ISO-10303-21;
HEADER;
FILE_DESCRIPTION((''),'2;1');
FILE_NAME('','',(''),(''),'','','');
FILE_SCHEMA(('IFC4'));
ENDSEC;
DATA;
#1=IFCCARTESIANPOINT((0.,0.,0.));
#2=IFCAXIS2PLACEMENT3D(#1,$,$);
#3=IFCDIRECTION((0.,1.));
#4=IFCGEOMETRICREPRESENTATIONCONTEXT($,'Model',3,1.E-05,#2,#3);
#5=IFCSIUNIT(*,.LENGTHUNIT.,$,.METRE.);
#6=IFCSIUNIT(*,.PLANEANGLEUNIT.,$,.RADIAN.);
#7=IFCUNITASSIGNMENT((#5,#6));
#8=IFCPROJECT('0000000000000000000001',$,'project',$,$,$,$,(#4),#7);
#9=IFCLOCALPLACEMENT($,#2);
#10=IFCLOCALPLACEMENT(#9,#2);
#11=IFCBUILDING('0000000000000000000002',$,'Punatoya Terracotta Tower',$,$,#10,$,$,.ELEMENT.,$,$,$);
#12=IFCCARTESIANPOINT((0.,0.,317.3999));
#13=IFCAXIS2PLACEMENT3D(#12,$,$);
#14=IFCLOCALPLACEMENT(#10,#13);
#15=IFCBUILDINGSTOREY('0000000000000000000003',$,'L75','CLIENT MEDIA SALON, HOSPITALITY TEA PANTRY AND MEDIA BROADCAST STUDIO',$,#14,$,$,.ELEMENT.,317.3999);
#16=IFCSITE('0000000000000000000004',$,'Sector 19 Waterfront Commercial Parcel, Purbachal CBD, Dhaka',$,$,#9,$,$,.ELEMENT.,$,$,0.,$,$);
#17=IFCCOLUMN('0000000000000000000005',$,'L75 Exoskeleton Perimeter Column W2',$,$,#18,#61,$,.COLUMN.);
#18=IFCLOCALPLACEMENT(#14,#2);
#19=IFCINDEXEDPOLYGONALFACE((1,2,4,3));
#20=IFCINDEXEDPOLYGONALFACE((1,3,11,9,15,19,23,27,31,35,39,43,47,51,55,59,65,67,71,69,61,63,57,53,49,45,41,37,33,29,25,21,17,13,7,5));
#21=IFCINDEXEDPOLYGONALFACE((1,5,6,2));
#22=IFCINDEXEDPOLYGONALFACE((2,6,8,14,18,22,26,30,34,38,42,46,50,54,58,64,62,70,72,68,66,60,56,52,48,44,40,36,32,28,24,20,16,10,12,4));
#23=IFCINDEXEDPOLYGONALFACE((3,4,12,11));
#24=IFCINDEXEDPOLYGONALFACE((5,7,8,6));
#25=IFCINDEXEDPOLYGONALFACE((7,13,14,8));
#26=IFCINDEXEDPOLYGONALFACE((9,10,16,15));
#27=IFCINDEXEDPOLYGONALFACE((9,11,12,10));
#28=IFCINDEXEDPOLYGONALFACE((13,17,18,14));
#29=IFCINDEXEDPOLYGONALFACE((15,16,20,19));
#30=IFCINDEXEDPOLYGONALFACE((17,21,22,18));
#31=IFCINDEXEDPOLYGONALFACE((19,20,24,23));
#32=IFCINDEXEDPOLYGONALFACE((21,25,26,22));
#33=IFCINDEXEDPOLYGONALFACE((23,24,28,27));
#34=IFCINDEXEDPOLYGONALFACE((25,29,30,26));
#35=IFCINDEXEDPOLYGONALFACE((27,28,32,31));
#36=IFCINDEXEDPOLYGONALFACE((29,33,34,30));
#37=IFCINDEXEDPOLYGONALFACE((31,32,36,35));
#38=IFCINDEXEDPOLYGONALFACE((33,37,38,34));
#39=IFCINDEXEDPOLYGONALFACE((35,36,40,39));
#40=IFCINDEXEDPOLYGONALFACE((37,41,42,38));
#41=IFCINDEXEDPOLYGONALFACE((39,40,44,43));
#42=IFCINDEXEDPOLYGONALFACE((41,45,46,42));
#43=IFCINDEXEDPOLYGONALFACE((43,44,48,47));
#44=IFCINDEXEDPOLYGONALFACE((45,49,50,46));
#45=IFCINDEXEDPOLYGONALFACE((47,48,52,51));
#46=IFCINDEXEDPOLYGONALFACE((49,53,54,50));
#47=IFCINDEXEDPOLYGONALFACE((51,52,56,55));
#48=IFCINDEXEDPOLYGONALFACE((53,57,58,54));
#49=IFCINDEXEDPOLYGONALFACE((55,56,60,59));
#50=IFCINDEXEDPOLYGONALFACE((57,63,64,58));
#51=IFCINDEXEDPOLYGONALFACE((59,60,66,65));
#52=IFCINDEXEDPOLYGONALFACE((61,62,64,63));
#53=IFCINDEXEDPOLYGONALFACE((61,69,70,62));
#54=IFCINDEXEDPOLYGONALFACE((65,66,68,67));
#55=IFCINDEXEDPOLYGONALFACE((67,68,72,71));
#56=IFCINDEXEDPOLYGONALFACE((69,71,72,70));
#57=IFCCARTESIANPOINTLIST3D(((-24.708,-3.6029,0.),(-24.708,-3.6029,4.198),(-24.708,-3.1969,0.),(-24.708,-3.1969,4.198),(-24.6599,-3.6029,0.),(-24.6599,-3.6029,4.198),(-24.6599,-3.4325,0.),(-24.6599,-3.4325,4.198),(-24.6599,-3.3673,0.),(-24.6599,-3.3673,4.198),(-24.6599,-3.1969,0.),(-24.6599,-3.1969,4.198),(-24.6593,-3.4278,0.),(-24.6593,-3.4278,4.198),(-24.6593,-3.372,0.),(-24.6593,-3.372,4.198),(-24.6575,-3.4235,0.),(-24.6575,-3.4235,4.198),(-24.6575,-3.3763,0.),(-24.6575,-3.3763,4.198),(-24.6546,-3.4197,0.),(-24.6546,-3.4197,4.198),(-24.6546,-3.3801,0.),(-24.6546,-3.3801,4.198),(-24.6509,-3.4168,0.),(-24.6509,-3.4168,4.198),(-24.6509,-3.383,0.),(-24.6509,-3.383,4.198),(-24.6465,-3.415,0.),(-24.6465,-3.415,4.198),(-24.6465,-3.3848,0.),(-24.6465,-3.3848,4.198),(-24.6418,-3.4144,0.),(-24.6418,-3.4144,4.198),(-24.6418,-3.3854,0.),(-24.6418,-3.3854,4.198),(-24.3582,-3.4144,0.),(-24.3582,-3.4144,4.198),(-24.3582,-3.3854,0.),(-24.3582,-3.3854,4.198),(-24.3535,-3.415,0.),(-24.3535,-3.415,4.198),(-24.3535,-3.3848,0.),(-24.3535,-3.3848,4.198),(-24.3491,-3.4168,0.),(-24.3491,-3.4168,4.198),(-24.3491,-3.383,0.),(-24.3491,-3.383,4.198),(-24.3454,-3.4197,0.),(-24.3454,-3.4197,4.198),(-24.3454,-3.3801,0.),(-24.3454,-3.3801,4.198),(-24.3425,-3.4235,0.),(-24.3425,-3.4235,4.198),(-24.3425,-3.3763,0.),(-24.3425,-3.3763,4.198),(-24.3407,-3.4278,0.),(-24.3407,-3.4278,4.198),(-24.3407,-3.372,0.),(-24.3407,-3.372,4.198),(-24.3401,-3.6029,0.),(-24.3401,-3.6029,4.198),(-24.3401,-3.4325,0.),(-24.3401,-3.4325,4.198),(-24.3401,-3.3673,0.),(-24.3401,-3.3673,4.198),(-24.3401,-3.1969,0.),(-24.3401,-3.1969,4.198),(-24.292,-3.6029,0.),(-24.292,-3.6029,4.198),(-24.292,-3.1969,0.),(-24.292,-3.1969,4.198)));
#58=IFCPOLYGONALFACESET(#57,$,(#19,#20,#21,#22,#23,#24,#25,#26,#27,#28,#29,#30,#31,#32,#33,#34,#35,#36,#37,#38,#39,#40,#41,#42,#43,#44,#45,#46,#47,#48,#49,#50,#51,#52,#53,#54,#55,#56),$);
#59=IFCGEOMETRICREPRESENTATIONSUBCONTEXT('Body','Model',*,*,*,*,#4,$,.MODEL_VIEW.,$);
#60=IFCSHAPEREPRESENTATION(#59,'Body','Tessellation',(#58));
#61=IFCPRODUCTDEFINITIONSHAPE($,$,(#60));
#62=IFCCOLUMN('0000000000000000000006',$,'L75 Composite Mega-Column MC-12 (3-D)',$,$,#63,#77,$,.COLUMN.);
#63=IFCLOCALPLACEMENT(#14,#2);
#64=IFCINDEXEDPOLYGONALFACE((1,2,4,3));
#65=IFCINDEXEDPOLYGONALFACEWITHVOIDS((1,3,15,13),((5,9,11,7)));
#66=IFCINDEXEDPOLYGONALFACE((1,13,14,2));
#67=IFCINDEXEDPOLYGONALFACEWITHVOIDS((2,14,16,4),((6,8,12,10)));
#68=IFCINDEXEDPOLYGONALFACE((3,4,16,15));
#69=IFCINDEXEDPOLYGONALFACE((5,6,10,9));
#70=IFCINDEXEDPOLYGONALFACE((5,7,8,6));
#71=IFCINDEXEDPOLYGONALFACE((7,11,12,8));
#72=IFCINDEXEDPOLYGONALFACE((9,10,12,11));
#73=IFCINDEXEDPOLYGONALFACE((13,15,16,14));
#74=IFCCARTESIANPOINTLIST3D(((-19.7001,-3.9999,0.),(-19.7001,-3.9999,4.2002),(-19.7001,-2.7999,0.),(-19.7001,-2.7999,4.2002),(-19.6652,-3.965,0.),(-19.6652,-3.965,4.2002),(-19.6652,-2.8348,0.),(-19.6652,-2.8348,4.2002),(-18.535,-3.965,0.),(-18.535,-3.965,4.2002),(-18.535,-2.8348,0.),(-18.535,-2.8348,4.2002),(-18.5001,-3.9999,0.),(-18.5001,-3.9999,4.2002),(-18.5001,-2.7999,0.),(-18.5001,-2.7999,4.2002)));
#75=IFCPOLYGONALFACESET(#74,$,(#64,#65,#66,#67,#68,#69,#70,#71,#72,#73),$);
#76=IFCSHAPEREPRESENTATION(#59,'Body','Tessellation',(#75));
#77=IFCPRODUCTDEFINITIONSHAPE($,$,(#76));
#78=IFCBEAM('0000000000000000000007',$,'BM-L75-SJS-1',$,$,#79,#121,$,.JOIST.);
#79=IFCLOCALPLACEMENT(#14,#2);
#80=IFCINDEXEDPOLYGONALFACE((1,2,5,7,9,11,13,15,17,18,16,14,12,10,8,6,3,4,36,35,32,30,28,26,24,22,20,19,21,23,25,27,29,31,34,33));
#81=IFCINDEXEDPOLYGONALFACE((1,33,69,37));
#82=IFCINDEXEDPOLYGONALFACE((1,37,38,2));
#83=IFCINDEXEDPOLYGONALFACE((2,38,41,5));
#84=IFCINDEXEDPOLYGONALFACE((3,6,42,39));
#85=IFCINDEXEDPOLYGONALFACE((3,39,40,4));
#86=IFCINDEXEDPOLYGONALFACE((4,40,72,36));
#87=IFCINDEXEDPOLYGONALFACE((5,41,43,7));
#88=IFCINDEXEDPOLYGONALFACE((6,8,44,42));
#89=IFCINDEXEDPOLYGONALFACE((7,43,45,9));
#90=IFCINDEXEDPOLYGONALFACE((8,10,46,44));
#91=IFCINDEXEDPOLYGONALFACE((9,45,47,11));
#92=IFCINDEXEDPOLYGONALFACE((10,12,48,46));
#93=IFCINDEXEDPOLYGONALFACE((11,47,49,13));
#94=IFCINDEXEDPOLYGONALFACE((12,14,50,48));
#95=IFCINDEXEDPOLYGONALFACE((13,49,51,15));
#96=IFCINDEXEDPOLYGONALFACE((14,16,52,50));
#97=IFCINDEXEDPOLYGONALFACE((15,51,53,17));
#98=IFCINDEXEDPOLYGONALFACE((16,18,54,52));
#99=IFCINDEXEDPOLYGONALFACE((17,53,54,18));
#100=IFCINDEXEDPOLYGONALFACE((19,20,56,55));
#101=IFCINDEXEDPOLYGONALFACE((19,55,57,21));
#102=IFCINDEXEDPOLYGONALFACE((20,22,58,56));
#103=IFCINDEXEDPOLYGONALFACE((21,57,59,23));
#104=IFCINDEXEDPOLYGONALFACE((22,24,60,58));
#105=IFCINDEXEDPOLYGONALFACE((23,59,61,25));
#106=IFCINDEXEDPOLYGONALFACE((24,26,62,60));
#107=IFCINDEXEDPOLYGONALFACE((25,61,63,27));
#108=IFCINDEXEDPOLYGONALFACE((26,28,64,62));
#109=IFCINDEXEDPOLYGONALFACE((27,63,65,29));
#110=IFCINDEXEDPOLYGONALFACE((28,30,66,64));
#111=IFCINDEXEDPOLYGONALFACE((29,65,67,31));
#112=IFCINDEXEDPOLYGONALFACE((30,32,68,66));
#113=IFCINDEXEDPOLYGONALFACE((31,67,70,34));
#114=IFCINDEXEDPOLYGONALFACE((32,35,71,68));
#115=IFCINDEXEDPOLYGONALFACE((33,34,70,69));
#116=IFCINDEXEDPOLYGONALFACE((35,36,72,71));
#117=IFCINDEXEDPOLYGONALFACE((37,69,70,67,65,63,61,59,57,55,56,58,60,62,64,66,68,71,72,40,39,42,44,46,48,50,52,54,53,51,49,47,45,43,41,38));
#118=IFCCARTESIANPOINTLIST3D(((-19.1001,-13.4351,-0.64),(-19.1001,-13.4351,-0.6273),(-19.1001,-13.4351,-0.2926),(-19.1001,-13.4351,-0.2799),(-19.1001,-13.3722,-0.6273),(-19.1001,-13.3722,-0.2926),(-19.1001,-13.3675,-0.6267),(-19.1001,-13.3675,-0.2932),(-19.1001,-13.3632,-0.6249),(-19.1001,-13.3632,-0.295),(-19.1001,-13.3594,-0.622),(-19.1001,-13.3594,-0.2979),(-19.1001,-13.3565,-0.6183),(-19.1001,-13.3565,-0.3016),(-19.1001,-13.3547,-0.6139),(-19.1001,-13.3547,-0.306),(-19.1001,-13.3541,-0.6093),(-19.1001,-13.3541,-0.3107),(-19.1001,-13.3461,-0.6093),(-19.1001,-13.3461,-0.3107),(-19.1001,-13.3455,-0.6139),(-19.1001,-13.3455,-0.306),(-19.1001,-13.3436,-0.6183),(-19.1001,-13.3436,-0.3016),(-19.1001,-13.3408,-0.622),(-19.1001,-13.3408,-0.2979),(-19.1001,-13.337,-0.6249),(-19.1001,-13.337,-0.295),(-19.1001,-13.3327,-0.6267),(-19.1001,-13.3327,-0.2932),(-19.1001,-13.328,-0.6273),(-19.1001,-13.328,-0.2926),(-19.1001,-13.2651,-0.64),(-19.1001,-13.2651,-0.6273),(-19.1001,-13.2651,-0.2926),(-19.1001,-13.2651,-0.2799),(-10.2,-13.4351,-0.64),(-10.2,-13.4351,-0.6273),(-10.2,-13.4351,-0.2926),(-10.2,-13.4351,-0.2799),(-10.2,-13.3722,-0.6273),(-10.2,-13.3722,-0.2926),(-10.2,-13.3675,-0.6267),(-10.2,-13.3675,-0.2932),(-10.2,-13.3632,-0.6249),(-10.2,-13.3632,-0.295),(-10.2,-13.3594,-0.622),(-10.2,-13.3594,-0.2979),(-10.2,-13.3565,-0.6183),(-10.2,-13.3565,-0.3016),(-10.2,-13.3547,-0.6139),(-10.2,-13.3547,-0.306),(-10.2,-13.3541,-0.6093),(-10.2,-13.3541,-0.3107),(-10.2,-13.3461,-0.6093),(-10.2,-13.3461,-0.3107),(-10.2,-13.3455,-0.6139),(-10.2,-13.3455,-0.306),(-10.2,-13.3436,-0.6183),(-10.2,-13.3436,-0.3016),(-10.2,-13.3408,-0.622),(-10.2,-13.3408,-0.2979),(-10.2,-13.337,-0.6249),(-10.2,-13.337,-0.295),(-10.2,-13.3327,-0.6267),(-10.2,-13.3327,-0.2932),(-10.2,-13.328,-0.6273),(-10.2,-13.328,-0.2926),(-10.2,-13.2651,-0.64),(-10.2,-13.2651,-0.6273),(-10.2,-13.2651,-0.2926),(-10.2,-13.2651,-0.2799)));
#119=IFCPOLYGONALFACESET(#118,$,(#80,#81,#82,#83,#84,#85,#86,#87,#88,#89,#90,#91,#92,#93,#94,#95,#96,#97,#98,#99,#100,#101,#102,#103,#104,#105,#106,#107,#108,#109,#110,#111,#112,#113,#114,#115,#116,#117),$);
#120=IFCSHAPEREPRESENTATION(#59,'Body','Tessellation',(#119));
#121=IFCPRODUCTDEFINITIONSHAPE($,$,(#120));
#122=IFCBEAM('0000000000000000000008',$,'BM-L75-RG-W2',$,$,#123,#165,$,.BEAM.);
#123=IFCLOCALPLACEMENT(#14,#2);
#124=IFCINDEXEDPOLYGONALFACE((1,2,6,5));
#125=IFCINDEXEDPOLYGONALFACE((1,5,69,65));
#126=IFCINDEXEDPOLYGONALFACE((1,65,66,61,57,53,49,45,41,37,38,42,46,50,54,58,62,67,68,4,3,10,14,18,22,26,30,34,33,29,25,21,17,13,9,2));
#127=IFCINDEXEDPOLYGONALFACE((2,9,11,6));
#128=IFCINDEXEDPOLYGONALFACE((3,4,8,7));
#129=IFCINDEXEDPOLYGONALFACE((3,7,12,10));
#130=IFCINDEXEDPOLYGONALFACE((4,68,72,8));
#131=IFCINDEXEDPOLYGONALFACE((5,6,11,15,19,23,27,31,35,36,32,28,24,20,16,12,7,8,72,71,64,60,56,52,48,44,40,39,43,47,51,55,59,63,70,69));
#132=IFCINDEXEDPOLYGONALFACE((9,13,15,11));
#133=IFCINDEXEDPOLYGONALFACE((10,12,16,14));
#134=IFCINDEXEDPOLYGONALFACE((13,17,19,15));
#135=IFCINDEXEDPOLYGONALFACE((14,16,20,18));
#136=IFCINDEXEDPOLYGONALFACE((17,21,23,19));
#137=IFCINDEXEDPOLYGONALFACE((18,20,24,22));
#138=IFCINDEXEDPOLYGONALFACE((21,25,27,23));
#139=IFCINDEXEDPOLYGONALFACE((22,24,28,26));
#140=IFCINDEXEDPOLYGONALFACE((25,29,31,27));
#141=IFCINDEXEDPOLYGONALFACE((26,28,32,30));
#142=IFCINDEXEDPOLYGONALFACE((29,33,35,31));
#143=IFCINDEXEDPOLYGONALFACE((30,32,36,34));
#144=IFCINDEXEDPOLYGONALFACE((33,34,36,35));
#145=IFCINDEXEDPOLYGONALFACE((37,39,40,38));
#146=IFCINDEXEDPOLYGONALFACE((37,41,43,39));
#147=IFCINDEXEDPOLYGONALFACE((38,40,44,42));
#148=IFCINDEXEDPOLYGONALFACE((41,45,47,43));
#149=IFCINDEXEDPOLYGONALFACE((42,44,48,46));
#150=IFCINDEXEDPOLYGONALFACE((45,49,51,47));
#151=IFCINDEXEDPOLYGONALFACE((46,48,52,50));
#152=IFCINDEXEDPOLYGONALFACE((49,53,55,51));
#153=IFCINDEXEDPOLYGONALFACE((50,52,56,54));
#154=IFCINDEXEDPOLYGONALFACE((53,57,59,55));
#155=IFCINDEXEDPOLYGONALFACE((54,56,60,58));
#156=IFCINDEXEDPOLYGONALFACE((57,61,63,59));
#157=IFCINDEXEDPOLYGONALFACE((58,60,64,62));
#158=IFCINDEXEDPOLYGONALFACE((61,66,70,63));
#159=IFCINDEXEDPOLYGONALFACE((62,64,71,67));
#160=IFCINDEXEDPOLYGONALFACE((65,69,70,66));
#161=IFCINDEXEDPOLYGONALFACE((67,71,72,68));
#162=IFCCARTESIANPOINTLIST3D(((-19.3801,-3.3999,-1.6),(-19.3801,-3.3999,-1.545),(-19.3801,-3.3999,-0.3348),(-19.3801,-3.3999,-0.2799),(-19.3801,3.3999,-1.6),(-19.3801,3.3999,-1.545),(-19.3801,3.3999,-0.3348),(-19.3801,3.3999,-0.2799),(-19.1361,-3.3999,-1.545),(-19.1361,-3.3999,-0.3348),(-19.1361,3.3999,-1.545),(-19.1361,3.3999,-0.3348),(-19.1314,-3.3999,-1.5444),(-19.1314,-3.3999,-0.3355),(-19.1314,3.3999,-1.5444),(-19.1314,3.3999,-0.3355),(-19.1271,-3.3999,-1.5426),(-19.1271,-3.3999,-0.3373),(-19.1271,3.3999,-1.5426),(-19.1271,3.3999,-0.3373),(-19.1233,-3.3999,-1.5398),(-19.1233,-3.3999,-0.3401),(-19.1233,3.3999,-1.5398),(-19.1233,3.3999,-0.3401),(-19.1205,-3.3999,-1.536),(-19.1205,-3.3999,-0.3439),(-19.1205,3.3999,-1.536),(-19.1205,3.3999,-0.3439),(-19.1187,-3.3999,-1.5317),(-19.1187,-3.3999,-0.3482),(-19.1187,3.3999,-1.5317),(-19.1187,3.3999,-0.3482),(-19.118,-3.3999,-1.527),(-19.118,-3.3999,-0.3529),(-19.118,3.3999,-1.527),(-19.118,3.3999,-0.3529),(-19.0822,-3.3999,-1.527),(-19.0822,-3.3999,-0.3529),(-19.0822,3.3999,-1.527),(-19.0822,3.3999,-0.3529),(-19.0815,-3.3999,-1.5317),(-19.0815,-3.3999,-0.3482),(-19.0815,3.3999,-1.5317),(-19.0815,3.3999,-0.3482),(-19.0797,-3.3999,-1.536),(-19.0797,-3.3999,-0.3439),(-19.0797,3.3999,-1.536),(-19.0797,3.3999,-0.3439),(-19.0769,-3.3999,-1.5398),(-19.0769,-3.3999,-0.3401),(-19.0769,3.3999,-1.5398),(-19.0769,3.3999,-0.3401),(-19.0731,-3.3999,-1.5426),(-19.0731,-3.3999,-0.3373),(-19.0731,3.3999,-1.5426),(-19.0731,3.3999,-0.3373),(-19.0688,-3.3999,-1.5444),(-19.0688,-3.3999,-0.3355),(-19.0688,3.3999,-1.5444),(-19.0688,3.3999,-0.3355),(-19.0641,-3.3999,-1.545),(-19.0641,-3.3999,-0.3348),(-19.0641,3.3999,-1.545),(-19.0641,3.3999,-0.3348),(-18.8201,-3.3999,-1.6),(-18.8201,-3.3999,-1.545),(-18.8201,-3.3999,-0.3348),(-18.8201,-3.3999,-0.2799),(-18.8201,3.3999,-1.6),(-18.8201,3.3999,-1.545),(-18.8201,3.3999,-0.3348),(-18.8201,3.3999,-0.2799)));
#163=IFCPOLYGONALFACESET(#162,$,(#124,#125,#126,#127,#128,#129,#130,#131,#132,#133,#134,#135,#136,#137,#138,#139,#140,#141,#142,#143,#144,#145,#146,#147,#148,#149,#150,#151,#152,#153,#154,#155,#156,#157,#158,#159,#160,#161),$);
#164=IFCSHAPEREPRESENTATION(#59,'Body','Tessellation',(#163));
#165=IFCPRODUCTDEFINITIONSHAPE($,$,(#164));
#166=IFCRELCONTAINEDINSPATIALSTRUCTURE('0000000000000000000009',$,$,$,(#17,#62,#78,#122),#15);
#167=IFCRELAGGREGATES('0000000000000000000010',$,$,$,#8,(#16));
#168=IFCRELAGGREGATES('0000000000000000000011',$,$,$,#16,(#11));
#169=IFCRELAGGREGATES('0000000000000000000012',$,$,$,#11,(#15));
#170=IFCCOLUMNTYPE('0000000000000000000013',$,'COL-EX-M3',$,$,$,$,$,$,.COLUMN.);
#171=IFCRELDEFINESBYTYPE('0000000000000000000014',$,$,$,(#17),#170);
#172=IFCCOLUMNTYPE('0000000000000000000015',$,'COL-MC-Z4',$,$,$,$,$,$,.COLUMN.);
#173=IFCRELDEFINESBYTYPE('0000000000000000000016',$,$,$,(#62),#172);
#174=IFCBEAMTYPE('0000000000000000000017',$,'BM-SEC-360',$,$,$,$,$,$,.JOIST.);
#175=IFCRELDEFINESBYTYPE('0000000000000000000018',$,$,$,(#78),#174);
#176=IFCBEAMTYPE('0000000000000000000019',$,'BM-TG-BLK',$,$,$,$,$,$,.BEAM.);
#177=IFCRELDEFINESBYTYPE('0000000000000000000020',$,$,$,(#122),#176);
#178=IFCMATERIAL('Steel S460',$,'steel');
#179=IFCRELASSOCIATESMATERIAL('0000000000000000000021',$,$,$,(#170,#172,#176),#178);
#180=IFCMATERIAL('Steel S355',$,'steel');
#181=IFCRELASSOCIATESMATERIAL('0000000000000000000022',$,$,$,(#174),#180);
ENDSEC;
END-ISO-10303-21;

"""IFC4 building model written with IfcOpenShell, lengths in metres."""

from ifc_helpers import new_model, si_unit, direction, frame, origin, origin_2d, place, context, subcontext, project, spatial, hollow_rectangle, i_section, extrude, material, material_profile, profile_set, type_object, element, save


model = new_model("IFC4")

# Units and contexts
model_context = context("Model", 3, precision=1e-05, world=origin(), true_north=direction((0.0, 1.0)))
body_context = subcontext(model_context, "Body", "Model", "MODEL_VIEW")
ifc_project = project(units=[si_unit("LENGTHUNIT", "METRE"), si_unit("PLANEANGLEUNIT", "RADIAN")], contexts=[model_context])

# Site, building, storey
site_placement = place(None, origin())
site = spatial("IfcSite", under=ifc_project, at=site_placement, Name="Sector 19 Waterfront Commercial Parcel, Purbachal CBD, Dhaka", CompositionType="ELEMENT", RefElevation=0.0)
building_placement = place(site_placement, origin())
building = spatial("IfcBuilding", under=site, at=building_placement, Name="Punatoya Terracotta Tower", CompositionType="ELEMENT")
storey_placement = place(building_placement, frame((0.0, 0.0, 317.3999)))
storey = spatial("IfcBuildingStorey", under=building, at=storey_placement, Name="L75", Description="CLIENT MEDIA SALON, HOSPITALITY TEA PANTRY AND MEDIA BROADCAST STUDIO", CompositionType="ELEMENT", Elevation=317.3999)

# Columns
ifc_material_1 = material(Name="Steel S460", Category="steel")
ifc_material_profile_1 = material_profile(ifc_material_1, i_section(OverallWidth=0.406, OverallDepth=0.416, WebThickness=0.0291, FlangeThickness=0.0481, FilletRadius=0.0181, at=origin_2d()))
ifc_profile_set_1 = profile_set([ifc_material_profile_1], Name="Steel S460")
column_type_1 = type_object("IfcColumnType", Name="COL-EX-M3", PredefinedType="COLUMN", material=ifc_profile_set_1)
column_1_placement = place(storey_placement, frame((-24.5, -3.3999, 0.0), z_axis=(0.0, 0.0, 1.0), x_axis=(0.0, 1.0, 0.0)))
element("IfcColumn", 1, at=column_1_placement, inside=storey, type_object=column_type_1, Name="L75 Exoskeleton Perimeter Column W2", PredefinedType="COLUMN", context=body_context, shape_type="SweptSolid", body=[
    extrude(i_section(OverallWidth=0.406, OverallDepth=0.416, WebThickness=0.0291, FlangeThickness=0.0481, FilletRadius=0.0181, at=origin_2d()), origin(), (0.0, 0.0, 1.0), 4.198),
])
ifc_material_profile_2 = material_profile(ifc_material_1, hollow_rectangle(XDim=1.2, YDim=1.2, WallThickness=0.0349, at=origin_2d()))
ifc_profile_set_2 = profile_set([ifc_material_profile_2], Name="Steel S460")
column_type_2 = type_object("IfcColumnType", Name="COL-MC-Z4", PredefinedType="COLUMN", material=ifc_profile_set_2)
column_2_placement = place(storey_placement, frame((-19.1001, -3.3999, 0.0), z_axis=(0.0, 0.0, 1.0), x_axis=(1.0, 0.0, 0.0)))
element("IfcColumn", 2, at=column_2_placement, inside=storey, type_object=column_type_2, Name="L75 Composite Mega-Column MC-12 (3-D)", PredefinedType="COLUMN", context=body_context, shape_type="SweptSolid", body=[
    extrude(hollow_rectangle(XDim=1.2, YDim=1.2, WallThickness=0.0349, at=origin_2d()), origin(), (0.0, 0.0, 1.0), 4.2002),
])

# Beams
ifc_material_2 = material(Name="Steel S355", Category="steel")
ifc_material_profile_3 = material_profile(ifc_material_2, i_section(OverallWidth=0.1699, OverallDepth=0.3601, WebThickness=0.0081, FlangeThickness=0.0127, FilletRadius=0.0181, at=origin_2d()))
ifc_profile_set_3 = profile_set([ifc_material_profile_3], Name="Steel S355")
beam_type_1 = type_object("IfcBeamType", Name="BM-SEC-360", PredefinedType="JOIST", material=ifc_profile_set_3)
beam_1_placement = place(storey_placement, frame((-19.1001, -13.3501, -0.46), z_axis=(1.0, 0.0, 0.0), x_axis=(0.0, 1.0, 0.0)))
element("IfcBeam", 3, at=beam_1_placement, inside=storey, type_object=beam_type_1, Name="BM-L75-SJS-1", PredefinedType="JOIST", context=body_context, shape_type="SweptSolid", body=[
    extrude(i_section(OverallWidth=0.1699, OverallDepth=0.3601, WebThickness=0.0081, FlangeThickness=0.0127, FilletRadius=0.0181, at=origin_2d()), origin(), (0.0, 0.0, 1.0), 8.9001),
])
ifc_material_profile_4 = material_profile(ifc_material_1, i_section(OverallWidth=0.5601, OverallDepth=1.3201, WebThickness=0.0359, FlangeThickness=0.0549, FilletRadius=0.0181, at=origin_2d()))
ifc_profile_set_4 = profile_set([ifc_material_profile_4], Name="Steel S460")
beam_type_2 = type_object("IfcBeamType", Name="BM-TG-BLK", PredefinedType="BEAM", material=ifc_profile_set_4)
beam_2_placement = place(storey_placement, frame((-19.1001, -3.3999, -0.9399), z_axis=(0.0, 1.0, 0.0), x_axis=(-1.0, 0.0, 0.0)))
element("IfcBeam", 4, at=beam_2_placement, inside=storey, type_object=beam_type_2, Name="BM-L75-RG-W2", PredefinedType="BEAM", context=body_context, shape_type="SweptSolid", body=[
    extrude(i_section(OverallWidth=0.5601, OverallDepth=1.3201, WebThickness=0.0359, FlangeThickness=0.0549, FilletRadius=0.0181, at=origin_2d()), origin(), (0.0, 0.0, 1.0), 6.7998),
])

save(model, "model.ifc")
